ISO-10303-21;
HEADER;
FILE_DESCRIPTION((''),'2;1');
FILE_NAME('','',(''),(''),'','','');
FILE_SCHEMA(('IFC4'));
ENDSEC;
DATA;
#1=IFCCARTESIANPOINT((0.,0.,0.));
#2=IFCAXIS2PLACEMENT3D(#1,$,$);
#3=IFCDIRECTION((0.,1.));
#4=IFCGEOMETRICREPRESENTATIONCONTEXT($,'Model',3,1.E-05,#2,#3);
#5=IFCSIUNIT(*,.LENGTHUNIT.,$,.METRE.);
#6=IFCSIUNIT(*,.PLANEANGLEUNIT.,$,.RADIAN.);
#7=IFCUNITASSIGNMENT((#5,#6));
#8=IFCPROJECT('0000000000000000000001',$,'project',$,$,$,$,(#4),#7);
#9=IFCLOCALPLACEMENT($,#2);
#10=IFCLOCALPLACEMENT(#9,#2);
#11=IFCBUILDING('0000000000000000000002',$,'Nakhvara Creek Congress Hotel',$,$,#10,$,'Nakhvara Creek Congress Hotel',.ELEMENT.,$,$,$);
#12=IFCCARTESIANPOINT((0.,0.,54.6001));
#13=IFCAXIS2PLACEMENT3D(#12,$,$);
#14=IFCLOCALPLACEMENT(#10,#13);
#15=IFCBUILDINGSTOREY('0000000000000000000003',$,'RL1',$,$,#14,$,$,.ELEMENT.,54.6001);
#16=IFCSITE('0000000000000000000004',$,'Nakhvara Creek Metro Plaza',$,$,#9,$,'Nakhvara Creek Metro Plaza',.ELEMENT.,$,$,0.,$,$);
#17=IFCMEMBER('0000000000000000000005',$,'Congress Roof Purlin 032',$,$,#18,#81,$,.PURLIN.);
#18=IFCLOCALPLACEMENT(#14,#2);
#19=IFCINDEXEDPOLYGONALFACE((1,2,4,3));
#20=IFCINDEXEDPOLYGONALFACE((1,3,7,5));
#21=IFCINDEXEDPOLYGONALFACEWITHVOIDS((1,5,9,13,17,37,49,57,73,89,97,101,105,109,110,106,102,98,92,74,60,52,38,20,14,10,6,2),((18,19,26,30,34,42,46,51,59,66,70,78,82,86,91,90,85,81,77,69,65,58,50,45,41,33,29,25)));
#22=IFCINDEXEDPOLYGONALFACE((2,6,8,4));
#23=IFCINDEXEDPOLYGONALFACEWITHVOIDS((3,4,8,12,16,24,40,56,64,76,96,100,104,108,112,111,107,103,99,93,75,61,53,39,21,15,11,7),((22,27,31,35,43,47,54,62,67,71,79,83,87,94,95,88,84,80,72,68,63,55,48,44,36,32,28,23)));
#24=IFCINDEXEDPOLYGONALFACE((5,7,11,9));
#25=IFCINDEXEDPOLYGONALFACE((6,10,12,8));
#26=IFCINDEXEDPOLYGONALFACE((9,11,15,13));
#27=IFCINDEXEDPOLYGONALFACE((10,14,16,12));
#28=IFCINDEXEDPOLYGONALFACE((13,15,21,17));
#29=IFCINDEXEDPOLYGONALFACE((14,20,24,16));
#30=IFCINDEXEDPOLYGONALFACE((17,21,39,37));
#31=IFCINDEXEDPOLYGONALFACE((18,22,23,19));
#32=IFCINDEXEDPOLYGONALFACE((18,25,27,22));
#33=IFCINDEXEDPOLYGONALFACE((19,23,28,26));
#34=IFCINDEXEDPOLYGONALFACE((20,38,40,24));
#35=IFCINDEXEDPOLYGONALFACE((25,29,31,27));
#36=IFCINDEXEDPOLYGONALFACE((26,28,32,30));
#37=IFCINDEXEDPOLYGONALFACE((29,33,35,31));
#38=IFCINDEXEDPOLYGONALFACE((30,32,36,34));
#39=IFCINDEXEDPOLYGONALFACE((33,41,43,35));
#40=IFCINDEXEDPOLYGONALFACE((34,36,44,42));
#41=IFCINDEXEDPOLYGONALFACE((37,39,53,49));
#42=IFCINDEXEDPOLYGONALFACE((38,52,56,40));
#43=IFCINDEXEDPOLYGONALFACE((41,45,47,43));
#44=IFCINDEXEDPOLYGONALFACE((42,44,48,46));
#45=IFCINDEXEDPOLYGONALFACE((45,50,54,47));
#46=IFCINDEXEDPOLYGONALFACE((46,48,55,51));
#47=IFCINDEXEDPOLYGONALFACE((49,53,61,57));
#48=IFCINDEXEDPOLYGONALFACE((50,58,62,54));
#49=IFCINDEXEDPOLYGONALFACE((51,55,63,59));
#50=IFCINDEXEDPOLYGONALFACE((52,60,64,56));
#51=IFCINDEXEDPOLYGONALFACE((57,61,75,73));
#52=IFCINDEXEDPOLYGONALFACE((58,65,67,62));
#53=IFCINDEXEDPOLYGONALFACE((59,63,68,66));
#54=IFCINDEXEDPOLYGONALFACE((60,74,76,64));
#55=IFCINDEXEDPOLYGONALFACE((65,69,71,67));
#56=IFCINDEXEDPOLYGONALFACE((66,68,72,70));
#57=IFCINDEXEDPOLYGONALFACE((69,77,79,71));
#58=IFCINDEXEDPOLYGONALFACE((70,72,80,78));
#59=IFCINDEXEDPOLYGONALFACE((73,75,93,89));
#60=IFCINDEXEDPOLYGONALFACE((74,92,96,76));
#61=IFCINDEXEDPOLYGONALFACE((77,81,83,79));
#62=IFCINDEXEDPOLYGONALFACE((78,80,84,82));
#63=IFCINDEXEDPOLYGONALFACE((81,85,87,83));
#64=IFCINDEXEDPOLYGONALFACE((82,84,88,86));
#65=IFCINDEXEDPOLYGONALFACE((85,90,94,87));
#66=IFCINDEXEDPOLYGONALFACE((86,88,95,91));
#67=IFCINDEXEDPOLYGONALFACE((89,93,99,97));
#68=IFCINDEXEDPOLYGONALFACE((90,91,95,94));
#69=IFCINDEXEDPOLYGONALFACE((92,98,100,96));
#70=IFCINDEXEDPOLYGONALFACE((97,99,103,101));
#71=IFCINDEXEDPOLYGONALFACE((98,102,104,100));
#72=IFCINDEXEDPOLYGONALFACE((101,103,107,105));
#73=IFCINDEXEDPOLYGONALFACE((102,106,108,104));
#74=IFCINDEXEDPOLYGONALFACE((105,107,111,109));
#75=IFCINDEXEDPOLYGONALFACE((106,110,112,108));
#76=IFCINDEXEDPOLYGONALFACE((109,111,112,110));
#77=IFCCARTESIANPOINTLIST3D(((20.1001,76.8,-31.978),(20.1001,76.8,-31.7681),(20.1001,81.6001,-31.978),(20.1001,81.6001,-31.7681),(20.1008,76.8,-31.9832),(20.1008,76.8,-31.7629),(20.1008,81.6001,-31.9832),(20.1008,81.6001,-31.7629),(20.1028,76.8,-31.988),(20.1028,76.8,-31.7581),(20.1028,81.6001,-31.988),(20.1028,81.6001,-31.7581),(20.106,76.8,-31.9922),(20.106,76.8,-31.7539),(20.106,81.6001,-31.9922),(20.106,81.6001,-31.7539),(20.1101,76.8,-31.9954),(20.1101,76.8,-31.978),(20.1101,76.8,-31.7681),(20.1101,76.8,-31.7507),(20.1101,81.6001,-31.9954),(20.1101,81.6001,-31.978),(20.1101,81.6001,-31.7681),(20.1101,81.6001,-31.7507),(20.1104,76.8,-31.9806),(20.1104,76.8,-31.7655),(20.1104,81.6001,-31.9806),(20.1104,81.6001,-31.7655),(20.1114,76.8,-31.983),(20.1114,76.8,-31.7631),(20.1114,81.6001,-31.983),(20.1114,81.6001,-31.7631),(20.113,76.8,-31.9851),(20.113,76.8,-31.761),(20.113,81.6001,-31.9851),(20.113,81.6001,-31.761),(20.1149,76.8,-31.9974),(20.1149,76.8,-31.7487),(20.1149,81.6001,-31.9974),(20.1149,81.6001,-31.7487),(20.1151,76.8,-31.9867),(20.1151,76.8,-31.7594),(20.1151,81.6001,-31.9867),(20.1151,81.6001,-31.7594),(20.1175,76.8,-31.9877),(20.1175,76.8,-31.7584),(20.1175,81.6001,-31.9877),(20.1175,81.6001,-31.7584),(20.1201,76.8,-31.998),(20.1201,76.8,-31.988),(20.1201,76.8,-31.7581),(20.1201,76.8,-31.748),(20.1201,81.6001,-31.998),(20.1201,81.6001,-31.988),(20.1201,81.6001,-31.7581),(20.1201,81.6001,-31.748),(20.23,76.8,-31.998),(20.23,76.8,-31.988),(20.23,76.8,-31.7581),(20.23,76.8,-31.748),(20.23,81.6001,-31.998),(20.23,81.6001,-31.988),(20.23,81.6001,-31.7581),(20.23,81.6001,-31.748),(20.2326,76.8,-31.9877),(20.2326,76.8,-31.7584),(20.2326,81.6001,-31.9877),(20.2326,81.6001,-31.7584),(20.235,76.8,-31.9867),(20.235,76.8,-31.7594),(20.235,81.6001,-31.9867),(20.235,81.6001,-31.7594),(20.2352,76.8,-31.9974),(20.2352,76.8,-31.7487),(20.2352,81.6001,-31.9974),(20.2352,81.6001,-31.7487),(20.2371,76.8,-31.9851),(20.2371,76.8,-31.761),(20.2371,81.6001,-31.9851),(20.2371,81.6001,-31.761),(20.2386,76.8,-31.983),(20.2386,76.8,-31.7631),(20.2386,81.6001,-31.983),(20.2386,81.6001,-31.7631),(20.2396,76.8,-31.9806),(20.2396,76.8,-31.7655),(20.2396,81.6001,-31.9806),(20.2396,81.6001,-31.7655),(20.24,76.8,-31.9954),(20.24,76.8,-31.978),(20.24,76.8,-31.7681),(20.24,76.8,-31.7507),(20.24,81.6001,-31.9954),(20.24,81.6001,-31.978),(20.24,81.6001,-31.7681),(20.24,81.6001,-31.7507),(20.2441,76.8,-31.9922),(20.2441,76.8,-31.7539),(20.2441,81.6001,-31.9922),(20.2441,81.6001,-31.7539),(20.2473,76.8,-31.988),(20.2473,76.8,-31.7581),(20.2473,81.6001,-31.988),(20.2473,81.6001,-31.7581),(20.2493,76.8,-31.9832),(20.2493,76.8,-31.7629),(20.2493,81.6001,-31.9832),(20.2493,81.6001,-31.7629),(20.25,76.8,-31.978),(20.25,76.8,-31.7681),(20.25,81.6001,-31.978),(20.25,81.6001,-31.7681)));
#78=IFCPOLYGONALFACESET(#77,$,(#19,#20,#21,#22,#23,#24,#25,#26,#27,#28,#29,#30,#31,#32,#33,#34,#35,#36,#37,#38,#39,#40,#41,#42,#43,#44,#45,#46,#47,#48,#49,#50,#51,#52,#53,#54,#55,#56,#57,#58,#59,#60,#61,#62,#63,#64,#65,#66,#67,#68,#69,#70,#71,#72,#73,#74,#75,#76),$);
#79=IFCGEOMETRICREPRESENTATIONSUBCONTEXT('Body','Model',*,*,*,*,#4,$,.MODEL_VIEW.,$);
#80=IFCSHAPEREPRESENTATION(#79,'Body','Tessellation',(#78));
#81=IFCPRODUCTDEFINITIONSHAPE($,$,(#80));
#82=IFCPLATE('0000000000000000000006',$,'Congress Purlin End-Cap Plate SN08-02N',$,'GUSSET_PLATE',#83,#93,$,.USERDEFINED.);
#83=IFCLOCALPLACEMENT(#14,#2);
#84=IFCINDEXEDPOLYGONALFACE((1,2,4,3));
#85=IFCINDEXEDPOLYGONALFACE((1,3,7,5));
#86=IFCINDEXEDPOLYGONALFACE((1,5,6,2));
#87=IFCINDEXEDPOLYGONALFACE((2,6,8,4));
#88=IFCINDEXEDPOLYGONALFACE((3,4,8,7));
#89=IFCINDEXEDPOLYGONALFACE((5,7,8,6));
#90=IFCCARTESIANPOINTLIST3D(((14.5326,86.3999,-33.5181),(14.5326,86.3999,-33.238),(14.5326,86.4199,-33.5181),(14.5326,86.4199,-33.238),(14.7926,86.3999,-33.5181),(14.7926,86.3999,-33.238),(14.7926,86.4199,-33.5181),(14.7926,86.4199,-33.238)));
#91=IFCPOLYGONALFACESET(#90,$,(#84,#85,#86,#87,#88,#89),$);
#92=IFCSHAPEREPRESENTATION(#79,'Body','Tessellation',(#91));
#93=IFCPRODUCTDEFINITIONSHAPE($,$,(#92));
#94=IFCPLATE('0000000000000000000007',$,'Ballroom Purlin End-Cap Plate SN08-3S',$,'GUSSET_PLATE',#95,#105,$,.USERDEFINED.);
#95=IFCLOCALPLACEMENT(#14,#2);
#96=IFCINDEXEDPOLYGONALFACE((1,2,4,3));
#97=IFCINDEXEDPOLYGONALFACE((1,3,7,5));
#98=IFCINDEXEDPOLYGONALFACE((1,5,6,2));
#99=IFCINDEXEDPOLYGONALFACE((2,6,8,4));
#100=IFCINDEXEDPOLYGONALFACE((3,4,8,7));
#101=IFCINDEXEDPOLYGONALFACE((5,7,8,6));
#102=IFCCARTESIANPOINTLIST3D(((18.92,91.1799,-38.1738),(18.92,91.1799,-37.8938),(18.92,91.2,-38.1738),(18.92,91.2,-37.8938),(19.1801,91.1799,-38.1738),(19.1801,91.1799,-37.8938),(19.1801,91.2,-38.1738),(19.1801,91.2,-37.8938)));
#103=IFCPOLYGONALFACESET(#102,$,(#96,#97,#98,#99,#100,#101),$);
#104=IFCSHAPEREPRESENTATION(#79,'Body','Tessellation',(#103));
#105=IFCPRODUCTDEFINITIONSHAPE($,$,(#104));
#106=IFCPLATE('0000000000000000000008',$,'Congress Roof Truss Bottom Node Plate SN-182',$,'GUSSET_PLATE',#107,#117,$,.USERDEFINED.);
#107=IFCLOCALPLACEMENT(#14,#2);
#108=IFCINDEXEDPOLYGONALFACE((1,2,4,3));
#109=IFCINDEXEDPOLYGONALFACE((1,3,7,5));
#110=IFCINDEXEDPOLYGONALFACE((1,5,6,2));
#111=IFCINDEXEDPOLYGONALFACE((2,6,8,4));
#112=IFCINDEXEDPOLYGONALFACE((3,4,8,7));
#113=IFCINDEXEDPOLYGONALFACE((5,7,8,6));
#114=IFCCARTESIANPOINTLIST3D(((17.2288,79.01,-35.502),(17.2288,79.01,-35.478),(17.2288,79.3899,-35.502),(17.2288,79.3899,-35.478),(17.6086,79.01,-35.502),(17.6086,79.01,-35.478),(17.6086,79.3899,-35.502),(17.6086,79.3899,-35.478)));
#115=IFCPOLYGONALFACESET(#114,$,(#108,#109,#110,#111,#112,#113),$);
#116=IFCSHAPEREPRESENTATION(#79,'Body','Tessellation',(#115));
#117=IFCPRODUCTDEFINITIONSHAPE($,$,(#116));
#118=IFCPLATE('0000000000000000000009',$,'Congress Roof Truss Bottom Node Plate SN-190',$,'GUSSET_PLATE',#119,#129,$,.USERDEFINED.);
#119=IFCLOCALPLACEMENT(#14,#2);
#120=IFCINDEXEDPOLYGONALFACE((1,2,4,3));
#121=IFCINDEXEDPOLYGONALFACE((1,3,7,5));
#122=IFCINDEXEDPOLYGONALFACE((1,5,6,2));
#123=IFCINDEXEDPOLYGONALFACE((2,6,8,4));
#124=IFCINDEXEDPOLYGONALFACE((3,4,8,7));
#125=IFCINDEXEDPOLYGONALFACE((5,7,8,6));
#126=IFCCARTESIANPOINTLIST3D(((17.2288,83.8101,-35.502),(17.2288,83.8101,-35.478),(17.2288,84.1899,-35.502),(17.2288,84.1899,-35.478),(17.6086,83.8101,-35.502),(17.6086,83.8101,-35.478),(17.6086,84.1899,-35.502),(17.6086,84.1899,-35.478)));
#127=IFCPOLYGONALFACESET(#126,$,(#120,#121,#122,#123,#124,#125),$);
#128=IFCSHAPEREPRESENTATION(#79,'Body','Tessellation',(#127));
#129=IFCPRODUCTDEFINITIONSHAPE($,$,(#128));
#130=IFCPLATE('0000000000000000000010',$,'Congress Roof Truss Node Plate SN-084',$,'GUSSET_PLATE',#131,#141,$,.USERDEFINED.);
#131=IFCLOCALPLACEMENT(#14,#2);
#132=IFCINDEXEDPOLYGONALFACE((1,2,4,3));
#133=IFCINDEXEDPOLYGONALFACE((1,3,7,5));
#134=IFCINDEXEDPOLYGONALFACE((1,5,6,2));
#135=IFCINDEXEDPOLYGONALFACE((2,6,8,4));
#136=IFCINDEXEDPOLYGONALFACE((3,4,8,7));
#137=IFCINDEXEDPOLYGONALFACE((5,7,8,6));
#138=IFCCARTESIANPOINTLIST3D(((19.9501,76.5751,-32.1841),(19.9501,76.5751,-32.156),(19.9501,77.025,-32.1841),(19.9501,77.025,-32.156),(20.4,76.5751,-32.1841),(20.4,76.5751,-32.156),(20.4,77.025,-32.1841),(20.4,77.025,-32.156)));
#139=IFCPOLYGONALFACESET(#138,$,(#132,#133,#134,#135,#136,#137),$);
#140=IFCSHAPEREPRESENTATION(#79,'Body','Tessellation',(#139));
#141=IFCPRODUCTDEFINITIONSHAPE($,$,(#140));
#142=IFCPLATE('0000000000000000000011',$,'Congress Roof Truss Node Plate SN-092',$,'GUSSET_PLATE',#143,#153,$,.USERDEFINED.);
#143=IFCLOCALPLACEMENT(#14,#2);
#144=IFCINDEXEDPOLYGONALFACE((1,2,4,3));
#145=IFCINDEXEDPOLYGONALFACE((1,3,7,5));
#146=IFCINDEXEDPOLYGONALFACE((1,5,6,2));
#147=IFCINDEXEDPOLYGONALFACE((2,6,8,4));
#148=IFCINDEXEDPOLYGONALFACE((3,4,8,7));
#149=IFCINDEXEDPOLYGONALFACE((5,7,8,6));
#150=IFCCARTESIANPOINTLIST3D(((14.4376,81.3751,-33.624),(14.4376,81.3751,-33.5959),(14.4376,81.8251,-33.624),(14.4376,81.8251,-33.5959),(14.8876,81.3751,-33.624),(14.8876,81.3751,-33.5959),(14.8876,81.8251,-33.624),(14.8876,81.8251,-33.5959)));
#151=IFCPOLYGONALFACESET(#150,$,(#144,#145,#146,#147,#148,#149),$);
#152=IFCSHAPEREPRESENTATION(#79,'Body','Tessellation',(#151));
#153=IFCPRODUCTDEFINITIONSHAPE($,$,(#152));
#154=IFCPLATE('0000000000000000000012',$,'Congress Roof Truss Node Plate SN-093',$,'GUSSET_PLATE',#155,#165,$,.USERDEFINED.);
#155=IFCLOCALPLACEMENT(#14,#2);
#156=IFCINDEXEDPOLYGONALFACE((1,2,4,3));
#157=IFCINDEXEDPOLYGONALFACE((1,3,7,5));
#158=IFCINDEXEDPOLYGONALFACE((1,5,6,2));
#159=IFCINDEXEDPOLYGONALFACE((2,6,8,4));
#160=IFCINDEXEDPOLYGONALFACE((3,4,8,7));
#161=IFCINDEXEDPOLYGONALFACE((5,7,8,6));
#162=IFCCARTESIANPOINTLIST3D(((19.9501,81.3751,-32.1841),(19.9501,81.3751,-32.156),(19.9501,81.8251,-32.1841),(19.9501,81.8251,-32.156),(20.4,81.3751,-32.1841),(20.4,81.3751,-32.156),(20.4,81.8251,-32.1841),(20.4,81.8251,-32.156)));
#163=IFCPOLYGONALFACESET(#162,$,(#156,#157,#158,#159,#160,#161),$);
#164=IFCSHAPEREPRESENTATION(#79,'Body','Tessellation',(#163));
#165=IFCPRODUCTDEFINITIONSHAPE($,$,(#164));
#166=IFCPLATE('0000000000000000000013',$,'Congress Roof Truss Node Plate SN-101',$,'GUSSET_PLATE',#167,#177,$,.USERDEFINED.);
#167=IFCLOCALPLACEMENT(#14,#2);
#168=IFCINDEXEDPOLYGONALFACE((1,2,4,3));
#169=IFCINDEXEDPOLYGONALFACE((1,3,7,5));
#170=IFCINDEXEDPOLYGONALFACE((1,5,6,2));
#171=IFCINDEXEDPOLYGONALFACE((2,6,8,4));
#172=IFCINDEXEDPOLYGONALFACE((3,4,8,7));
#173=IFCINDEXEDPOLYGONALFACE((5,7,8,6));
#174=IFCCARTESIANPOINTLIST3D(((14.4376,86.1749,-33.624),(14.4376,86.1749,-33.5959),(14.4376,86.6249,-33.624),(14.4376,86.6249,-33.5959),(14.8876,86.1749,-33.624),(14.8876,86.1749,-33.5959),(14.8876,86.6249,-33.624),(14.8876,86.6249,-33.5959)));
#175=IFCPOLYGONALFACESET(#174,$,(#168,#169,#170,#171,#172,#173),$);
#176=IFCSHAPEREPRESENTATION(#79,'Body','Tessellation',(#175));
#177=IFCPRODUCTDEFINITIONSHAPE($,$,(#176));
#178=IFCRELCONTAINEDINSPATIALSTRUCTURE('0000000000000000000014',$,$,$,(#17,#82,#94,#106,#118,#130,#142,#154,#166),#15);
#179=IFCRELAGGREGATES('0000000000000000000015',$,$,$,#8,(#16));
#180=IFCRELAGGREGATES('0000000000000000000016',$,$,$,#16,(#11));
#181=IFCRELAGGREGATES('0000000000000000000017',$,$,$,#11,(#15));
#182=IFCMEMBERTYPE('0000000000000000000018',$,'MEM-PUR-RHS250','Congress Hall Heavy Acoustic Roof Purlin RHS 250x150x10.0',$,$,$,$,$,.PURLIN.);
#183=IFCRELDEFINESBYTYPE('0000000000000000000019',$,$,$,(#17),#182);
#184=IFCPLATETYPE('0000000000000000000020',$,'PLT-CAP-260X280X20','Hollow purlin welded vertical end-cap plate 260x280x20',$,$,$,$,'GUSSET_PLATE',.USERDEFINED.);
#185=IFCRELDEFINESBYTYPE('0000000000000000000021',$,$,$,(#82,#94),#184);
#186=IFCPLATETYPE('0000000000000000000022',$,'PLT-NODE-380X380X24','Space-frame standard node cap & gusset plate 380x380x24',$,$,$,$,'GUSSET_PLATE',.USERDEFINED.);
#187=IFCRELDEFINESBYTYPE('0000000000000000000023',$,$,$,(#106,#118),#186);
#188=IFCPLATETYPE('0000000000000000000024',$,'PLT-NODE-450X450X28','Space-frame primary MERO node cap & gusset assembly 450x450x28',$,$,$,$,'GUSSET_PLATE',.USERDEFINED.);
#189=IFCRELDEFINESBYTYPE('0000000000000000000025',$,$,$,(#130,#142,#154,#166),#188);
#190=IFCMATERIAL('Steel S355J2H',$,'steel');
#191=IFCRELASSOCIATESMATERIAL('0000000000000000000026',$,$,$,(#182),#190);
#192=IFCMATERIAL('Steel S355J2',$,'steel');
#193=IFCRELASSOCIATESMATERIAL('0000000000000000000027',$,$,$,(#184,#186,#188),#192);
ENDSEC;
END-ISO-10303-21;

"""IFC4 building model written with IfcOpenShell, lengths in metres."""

from ifc_helpers import new_model, si_unit, direction, frame, origin, origin_2d, place, context, subcontext, project, spatial, rectangle, hollow_rectangle, extrude, material, material_profile, profile_set, type_object, element, save


model = new_model("IFC4")

# Units and contexts
model_context = context("Model", 3, precision=1e-05, world=origin(), true_north=direction((0.0, 1.0)))
body_context = subcontext(model_context, "Body", "Model", "MODEL_VIEW")
ifc_project = project(units=[si_unit("LENGTHUNIT", "METRE"), si_unit("PLANEANGLEUNIT", "RADIAN")], contexts=[model_context])

# Site, building, storey
site_placement = place(None, origin())
site = spatial("IfcSite", under=ifc_project, at=site_placement, Name="Nakhvara Creek Metro Plaza", LongName="Nakhvara Creek Metro Plaza", CompositionType="ELEMENT", RefElevation=0.0)
building_placement = place(site_placement, origin())
building = spatial("IfcBuilding", under=site, at=building_placement, Name="Nakhvara Creek Congress Hotel", LongName="Nakhvara Creek Congress Hotel", CompositionType="ELEMENT")
storey_placement = place(building_placement, frame((0.0, 0.0, 54.6001)))
storey = spatial("IfcBuildingStorey", under=building, at=storey_placement, Name="RL1", CompositionType="ELEMENT", Elevation=54.6001)

# Member
ifc_material_1 = material(Name="Steel S355J2H", Category="steel")
ifc_material_profile_1 = material_profile(ifc_material_1, hollow_rectangle(XDim=0.1499, YDim=0.25, WallThickness=0.01, InnerFilletRadius=0.01, OuterFilletRadius=0.02, at=origin_2d()), Name="RHS 250x150x10.0", Category="LoadBearing")
ifc_profile_set_1 = profile_set([ifc_material_profile_1], Name="Steel S355J2H")
member_type_1 = type_object("IfcMemberType", Name="MEM-PUR-RHS250", Description="Congress Hall Heavy Acoustic Roof Purlin RHS 250x150x10.0", PredefinedType="PURLIN", material=ifc_profile_set_1)
member_1_placement = place(storey_placement, frame((20.175, 76.8, -31.873), z_axis=(0.0, 1.0, 0.0), x_axis=(-1.0, 0.0, 0.0)))
element("IfcMember", 1, at=member_1_placement, inside=storey, type_object=member_type_1, Name="Congress Roof Purlin 032", PredefinedType="PURLIN", context=body_context, shape_type="SweptSolid", body=[
    extrude(hollow_rectangle(XDim=0.1499, YDim=0.25, WallThickness=0.01, InnerFilletRadius=0.01, OuterFilletRadius=0.02, at=origin_2d()), origin(), (0.0, 0.0, 1.0), 4.8),
])

# Plates
ifc_material_2 = material(Name="Steel S355J2", Category="steel")
plate_type_1 = type_object("IfcPlateType", Name="PLT-CAP-260X280X20", Description="Hollow purlin welded vertical end-cap plate 260x280x20", ElementType="GUSSET_PLATE", PredefinedType="USERDEFINED", material=ifc_material_2)
for number, where, z_axis, x_axis, name in (
    (2, (14.6626, 86.4099, -33.5181), (0.0, 0.0, 1.0), (1.0, 0.0, 0.0), "Congress Purlin End-Cap Plate SN08-02N"),
    (3, (19.05, 91.1899, -38.1738), (0.0, 0.0, 1.0), (1.0, 0.0, 0.0), "Ballroom Purlin End-Cap Plate SN08-3S"),
):
    element("IfcPlate", number, at=place(storey_placement, frame(where, z_axis=z_axis, x_axis=x_axis)), inside=storey, type_object=plate_type_1, Name=name, ObjectType="GUSSET_PLATE", PredefinedType="USERDEFINED", context=body_context, shape_type="SweptSolid", body=[
        extrude(rectangle(XDim=0.26, YDim=0.02, at=origin_2d()), origin(), (0.0, 0.0, 1.0), 0.28),
    ])
plate_type_2 = type_object("IfcPlateType", Name="PLT-NODE-380X380X24", Description="Space-frame standard node cap & gusset plate 380x380x24", ElementType="GUSSET_PLATE", PredefinedType="USERDEFINED", material=ifc_material_2)
for number, where, z_axis, x_axis, name in (
    (4, (17.4187, 79.2, -35.502), (0.0, 0.0, 1.0), (1.0, 0.0, 0.0), "Congress Roof Truss Bottom Node Plate SN-182"),
    (5, (17.4187, 84.0, -35.502), (0.0, 0.0, 1.0), (1.0, 0.0, 0.0), "Congress Roof Truss Bottom Node Plate SN-190"),
):
    element("IfcPlate", number, at=place(storey_placement, frame(where, z_axis=z_axis, x_axis=x_axis)), inside=storey, type_object=plate_type_2, Name=name, ObjectType="GUSSET_PLATE", PredefinedType="USERDEFINED", context=body_context, shape_type="SweptSolid", body=[
        extrude(rectangle(XDim=0.3799, YDim=0.3799, at=origin_2d()), origin(), (0.0, 0.0, 1.0), 0.0239),
    ])
plate_type_3 = type_object("IfcPlateType", Name="PLT-NODE-450X450X28", Description="Space-frame primary MERO node cap & gusset assembly 450x450x28", ElementType="GUSSET_PLATE", PredefinedType="USERDEFINED", material=ifc_material_2)
for number, where, z_axis, x_axis, name in (
    (6, (20.175, 76.8, -32.1841), (0.0, 0.0, 1.0), (1.0, 0.0, 0.0), "Congress Roof Truss Node Plate SN-084"),
    (7, (14.6626, 81.6001, -33.624), (0.0, 0.0, 1.0), (1.0, 0.0, 0.0), "Congress Roof Truss Node Plate SN-092"),
    (8, (20.175, 81.6001, -32.1841), (0.0, 0.0, 1.0), (1.0, 0.0, 0.0), "Congress Roof Truss Node Plate SN-093"),
    (9, (14.6626, 86.3999, -33.624), (0.0, 0.0, 1.0), (1.0, 0.0, 0.0), "Congress Roof Truss Node Plate SN-101"),
):
    element("IfcPlate", number, at=place(storey_placement, frame(where, z_axis=z_axis, x_axis=x_axis)), inside=storey, type_object=plate_type_3, Name=name, ObjectType="GUSSET_PLATE", PredefinedType="USERDEFINED", context=body_context, shape_type="SweptSolid", body=[
        extrude(rectangle(XDim=0.45, YDim=0.45, at=origin_2d()), origin(), (0.0, 0.0, 1.0), 0.0281),
    ])

save(model, "model.ifc")
